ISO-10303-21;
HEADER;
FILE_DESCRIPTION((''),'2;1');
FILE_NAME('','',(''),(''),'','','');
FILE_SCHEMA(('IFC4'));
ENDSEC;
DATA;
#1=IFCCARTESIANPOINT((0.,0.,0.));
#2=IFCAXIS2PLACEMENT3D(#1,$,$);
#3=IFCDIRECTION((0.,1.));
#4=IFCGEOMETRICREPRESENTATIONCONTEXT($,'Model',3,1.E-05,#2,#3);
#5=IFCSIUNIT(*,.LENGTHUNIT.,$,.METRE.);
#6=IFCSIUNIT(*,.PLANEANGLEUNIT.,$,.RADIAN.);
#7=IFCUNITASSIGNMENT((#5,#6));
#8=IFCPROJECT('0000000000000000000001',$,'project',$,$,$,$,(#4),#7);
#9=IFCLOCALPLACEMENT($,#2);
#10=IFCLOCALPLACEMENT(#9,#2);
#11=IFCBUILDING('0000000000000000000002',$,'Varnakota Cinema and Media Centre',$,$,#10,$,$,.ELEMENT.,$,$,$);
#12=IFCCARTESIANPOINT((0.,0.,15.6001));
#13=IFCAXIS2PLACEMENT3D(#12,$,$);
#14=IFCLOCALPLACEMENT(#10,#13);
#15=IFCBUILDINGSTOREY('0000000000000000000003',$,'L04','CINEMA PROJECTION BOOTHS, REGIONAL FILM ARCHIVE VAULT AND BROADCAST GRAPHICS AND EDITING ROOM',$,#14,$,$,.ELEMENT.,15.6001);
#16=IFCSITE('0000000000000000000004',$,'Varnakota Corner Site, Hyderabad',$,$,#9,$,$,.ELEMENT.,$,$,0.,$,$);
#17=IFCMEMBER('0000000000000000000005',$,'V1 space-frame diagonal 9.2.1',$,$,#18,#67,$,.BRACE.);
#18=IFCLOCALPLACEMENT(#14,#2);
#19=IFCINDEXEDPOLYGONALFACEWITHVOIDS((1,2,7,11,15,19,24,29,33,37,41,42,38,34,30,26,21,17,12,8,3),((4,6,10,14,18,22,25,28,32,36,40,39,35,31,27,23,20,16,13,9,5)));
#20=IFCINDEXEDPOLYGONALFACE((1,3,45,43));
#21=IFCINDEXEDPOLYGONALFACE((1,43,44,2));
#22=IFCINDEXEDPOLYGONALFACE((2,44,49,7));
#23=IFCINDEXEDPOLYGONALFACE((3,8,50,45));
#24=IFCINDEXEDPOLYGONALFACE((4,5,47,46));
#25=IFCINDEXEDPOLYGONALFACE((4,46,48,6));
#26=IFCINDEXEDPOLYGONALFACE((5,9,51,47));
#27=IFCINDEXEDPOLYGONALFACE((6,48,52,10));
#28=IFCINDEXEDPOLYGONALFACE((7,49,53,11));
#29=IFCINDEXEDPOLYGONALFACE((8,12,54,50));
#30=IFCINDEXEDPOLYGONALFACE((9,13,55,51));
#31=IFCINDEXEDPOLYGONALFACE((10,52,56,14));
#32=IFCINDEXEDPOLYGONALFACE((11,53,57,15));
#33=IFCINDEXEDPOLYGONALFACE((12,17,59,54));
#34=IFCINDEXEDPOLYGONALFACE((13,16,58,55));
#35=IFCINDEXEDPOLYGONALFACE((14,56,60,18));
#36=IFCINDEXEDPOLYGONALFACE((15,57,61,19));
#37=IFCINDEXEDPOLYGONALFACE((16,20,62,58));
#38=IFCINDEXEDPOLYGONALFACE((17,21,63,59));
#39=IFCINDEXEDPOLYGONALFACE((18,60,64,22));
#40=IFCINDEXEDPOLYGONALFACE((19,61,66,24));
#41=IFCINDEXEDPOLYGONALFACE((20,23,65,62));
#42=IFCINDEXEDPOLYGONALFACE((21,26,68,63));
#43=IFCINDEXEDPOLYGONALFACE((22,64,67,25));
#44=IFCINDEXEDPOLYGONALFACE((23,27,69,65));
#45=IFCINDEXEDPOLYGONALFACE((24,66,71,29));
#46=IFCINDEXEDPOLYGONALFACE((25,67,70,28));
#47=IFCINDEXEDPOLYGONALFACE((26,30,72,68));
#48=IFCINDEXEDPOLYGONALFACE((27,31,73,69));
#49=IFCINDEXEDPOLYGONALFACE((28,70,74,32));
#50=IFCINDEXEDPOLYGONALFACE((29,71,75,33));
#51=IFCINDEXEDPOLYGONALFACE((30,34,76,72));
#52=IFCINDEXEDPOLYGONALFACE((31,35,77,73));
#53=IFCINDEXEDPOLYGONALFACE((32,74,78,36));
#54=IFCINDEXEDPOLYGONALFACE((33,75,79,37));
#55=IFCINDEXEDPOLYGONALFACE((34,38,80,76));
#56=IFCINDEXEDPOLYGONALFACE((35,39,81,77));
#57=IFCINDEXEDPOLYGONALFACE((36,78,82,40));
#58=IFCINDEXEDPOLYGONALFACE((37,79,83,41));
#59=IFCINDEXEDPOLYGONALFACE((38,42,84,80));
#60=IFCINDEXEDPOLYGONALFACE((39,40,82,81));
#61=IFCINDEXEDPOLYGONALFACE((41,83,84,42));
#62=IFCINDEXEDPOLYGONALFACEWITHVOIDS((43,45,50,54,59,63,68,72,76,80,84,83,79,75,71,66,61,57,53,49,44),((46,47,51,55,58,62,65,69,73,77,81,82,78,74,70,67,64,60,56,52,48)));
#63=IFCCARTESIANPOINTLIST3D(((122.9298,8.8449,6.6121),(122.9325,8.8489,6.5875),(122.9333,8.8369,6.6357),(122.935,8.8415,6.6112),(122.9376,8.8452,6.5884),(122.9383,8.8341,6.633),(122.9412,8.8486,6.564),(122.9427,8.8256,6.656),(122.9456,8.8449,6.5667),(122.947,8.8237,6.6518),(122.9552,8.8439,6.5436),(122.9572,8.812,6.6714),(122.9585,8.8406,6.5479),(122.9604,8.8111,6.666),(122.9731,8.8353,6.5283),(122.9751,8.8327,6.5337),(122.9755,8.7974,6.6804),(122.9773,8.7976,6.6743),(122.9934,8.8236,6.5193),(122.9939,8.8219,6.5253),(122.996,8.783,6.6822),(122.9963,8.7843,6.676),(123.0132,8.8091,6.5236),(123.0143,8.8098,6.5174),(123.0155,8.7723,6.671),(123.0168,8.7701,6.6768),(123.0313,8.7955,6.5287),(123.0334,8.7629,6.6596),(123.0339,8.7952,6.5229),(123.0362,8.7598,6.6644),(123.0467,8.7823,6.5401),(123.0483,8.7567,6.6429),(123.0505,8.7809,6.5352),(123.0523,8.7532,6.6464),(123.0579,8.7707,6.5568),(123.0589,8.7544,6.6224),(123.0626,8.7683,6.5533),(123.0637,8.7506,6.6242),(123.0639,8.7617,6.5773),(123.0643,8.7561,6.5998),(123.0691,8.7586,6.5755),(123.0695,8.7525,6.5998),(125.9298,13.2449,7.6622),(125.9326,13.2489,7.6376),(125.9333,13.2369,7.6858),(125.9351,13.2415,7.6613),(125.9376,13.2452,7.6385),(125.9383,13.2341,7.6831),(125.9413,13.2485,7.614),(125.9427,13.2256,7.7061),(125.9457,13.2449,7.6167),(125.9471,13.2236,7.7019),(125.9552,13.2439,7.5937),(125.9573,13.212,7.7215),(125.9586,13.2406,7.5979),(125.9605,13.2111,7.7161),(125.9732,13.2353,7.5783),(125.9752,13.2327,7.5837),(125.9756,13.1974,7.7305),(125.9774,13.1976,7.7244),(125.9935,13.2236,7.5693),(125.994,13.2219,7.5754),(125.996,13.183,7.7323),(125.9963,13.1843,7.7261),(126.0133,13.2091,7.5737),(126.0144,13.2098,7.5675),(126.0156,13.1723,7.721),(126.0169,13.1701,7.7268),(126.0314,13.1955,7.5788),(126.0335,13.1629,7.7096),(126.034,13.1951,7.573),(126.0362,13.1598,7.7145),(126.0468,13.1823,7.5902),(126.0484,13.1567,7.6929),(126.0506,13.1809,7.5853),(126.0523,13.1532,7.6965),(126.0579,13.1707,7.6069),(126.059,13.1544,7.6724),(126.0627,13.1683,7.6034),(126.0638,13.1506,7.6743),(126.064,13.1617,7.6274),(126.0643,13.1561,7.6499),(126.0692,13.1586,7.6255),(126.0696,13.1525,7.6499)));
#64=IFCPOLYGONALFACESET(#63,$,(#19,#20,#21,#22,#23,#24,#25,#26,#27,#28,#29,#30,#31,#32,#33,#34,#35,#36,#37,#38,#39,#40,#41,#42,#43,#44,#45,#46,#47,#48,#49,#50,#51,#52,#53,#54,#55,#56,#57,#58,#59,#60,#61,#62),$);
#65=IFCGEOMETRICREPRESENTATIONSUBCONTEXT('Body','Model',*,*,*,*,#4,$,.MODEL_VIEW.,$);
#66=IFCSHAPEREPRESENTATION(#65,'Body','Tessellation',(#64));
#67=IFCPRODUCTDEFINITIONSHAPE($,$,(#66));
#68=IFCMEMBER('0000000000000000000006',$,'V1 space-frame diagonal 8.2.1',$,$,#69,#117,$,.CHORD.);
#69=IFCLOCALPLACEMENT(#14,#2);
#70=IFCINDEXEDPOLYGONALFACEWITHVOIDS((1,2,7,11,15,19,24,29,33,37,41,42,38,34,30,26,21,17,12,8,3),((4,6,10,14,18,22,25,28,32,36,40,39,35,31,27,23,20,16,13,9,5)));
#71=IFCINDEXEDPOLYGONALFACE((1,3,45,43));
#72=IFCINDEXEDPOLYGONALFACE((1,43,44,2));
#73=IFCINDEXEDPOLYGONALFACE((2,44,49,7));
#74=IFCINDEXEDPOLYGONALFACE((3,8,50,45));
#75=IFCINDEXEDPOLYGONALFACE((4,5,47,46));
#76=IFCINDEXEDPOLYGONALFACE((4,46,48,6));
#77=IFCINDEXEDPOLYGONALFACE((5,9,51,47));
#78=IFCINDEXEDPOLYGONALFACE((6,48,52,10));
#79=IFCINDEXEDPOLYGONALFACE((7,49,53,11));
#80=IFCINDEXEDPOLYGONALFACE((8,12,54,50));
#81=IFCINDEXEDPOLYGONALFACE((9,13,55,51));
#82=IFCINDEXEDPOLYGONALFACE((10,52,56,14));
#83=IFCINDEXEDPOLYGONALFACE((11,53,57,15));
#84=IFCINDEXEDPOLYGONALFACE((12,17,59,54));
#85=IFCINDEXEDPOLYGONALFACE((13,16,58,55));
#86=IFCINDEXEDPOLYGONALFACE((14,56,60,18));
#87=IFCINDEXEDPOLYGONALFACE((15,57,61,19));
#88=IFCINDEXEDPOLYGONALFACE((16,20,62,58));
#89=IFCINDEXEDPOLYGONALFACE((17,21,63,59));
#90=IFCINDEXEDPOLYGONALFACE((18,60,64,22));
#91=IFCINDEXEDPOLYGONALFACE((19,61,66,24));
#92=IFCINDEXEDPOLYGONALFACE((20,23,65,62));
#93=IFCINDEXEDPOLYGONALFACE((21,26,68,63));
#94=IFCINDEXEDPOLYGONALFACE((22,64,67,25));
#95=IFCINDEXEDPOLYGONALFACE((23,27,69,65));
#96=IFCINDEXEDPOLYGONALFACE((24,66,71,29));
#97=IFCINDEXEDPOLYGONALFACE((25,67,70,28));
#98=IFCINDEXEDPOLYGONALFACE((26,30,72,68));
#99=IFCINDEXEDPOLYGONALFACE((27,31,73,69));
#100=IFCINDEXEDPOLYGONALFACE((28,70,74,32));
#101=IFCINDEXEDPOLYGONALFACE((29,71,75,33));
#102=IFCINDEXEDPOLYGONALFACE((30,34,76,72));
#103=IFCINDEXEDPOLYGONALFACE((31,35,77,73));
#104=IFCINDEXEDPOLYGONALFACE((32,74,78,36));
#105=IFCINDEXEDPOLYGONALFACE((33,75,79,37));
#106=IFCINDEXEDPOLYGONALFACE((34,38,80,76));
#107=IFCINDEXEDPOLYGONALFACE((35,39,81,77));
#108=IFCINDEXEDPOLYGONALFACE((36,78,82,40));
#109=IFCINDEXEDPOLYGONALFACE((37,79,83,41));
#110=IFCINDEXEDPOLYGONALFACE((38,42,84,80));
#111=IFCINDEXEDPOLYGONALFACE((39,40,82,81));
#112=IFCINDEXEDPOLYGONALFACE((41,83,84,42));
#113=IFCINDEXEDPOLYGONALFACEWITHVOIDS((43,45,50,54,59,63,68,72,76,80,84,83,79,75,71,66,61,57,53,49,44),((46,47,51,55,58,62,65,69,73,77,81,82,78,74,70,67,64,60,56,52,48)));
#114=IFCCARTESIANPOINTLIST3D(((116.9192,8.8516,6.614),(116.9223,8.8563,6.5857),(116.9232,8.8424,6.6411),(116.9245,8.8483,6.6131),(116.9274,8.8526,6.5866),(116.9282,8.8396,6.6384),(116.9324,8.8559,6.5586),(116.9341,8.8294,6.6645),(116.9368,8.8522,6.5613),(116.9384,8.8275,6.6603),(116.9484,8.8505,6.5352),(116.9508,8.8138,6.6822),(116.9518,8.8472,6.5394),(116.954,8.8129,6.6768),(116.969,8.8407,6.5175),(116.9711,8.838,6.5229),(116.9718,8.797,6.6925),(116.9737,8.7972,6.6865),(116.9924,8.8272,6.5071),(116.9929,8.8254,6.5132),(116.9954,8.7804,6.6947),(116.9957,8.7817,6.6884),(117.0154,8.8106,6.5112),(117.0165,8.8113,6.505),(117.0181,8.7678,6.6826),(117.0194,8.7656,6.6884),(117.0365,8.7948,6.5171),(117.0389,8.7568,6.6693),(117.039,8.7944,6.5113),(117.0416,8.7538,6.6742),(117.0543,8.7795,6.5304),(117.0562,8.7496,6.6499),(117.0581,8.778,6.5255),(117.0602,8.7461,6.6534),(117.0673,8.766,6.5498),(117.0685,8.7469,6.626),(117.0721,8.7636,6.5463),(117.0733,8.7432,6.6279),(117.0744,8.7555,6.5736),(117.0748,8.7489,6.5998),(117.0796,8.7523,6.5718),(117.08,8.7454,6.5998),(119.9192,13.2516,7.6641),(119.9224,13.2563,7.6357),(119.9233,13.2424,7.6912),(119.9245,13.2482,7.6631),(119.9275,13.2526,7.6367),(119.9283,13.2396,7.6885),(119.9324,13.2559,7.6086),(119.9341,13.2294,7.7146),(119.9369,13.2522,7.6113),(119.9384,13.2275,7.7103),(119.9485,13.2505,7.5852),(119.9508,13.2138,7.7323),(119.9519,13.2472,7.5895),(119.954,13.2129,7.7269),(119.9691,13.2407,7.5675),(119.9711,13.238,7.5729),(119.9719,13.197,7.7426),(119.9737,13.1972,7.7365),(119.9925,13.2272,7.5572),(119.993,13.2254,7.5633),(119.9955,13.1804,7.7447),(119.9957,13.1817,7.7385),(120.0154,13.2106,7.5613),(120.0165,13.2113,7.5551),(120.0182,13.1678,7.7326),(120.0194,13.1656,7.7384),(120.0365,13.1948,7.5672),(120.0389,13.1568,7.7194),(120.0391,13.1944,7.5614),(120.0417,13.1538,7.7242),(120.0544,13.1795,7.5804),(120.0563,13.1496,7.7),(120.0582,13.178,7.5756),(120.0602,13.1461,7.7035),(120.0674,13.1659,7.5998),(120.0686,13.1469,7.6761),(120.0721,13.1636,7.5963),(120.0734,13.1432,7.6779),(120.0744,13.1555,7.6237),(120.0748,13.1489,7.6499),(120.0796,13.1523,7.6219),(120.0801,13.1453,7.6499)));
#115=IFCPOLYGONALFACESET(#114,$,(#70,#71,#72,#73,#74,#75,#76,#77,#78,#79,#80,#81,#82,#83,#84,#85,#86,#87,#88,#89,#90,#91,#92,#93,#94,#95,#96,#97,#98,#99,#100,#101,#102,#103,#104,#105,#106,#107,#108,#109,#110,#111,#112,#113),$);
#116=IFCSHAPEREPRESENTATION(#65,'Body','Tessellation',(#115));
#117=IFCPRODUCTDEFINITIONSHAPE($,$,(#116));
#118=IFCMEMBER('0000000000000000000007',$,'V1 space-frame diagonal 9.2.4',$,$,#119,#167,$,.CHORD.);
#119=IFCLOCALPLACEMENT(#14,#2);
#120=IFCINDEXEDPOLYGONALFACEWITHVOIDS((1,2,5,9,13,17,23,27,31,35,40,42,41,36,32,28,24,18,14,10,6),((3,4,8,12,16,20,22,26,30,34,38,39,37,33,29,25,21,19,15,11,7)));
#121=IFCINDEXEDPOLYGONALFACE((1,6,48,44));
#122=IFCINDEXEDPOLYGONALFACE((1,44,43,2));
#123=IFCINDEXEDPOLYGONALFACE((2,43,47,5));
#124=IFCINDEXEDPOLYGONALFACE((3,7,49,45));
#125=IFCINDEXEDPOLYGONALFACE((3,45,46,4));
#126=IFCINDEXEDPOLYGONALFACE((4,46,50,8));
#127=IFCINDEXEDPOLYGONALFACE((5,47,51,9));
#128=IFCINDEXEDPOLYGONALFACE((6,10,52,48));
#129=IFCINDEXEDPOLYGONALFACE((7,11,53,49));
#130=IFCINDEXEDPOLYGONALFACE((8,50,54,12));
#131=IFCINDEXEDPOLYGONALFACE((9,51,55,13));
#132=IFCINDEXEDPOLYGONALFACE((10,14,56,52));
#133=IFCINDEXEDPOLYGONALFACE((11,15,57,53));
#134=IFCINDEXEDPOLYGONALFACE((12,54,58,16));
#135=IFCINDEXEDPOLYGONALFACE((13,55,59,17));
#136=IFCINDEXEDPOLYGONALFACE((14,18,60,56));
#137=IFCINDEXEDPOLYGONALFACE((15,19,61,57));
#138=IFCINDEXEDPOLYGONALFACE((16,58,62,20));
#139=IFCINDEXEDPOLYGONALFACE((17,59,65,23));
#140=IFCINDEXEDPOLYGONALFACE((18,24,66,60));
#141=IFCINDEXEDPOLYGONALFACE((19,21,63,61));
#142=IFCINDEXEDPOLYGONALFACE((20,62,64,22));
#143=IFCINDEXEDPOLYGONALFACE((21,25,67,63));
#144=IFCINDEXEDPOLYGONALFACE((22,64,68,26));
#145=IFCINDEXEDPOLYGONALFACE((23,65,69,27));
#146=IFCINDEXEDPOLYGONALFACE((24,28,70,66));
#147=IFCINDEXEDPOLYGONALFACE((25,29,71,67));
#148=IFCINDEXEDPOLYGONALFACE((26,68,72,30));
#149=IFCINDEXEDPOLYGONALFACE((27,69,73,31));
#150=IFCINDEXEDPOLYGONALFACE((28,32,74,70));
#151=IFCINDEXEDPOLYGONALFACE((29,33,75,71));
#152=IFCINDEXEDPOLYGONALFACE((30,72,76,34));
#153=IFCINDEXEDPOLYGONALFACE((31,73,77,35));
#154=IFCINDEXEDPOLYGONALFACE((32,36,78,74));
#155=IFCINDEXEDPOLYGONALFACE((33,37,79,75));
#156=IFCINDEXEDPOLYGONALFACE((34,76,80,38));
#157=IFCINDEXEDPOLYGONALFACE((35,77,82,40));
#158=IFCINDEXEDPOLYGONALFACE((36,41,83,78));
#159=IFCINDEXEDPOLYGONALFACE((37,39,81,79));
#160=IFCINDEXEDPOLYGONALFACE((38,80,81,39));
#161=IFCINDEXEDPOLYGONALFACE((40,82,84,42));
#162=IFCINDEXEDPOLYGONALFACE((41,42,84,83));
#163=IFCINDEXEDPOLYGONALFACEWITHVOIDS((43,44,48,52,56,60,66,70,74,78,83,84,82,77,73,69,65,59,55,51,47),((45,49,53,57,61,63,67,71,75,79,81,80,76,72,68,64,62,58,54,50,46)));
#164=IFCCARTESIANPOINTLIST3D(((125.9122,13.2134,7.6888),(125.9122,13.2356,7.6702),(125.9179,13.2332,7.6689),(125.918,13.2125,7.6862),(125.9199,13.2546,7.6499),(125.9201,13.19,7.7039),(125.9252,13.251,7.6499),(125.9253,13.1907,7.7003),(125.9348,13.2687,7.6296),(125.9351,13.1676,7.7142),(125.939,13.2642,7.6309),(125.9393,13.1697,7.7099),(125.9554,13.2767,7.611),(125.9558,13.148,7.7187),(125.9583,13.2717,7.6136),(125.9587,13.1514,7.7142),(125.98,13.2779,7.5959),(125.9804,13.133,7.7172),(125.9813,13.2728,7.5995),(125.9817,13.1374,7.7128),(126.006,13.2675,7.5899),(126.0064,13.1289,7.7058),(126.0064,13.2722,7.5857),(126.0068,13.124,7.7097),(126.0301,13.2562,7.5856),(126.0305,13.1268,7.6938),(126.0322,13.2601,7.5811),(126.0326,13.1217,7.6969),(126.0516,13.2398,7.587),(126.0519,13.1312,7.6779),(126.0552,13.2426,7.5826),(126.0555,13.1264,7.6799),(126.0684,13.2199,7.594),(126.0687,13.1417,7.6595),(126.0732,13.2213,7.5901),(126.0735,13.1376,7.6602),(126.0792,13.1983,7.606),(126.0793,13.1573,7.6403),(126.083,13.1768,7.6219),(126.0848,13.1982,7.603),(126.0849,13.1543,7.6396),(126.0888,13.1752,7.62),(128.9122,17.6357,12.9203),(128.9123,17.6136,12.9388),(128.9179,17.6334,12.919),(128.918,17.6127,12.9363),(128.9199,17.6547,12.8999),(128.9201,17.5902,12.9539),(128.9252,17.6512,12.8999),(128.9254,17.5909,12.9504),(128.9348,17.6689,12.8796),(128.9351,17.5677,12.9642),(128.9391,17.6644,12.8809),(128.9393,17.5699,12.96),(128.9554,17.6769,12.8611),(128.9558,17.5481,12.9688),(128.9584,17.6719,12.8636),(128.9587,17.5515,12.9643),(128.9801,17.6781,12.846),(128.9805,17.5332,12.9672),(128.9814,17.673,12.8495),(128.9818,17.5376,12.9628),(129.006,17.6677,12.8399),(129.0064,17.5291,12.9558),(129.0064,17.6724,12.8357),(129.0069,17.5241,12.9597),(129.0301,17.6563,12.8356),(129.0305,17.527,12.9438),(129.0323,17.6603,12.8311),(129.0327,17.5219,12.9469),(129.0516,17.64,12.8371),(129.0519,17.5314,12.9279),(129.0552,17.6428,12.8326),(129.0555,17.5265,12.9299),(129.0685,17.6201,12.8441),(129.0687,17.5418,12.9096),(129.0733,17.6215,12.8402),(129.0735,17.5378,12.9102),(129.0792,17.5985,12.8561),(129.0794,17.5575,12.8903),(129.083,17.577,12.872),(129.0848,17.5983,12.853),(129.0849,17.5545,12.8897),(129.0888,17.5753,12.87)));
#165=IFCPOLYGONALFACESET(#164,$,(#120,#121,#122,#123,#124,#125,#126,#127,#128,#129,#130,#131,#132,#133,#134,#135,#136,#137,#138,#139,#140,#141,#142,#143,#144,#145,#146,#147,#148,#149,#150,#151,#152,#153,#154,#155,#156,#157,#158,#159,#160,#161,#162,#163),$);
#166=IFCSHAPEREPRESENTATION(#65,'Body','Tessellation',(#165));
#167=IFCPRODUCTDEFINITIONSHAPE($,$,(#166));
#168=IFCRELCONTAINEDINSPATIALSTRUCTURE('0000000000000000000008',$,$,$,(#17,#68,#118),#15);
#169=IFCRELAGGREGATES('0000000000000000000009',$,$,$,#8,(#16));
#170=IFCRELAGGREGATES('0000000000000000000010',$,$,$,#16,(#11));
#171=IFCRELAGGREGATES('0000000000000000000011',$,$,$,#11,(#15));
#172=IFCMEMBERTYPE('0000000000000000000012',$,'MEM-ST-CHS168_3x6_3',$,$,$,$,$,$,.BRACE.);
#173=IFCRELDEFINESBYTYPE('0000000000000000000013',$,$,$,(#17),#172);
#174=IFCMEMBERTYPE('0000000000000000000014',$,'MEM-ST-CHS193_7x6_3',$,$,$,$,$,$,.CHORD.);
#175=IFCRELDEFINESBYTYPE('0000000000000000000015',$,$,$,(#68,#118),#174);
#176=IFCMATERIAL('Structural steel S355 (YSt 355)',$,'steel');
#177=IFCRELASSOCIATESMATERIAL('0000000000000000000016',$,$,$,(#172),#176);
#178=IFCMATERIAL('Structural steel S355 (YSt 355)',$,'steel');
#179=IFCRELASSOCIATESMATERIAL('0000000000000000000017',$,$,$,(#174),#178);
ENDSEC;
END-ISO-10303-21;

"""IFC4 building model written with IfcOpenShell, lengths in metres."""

from ifc_helpers import new_model, si_unit, direction, frame, origin, origin_2d, place, context, subcontext, project, spatial, hollow_circle, extrude, material, material_profile, profile_set, type_object, element, save


model = new_model("IFC4")

# Units and contexts
model_context = context("Model", 3, precision=1e-05, world=origin(), true_north=direction((0.0, 1.0)))
body_context = subcontext(model_context, "Body", "Model", "MODEL_VIEW")
ifc_project = project(units=[si_unit("LENGTHUNIT", "METRE"), si_unit("PLANEANGLEUNIT", "RADIAN")], contexts=[model_context])

# Site, building, storey
site_placement = place(None, origin())
site = spatial("IfcSite", under=ifc_project, at=site_placement, Name="Varnakota Corner Site, Hyderabad", CompositionType="ELEMENT", RefElevation=0.0)
building_placement = place(site_placement, origin())
building = spatial("IfcBuilding", under=site, at=building_placement, Name="Varnakota Cinema and Media Centre", CompositionType="ELEMENT")
storey_placement = place(building_placement, frame((0.0, 0.0, 15.6001)))
storey = spatial("IfcBuildingStorey", under=building, at=storey_placement, Name="L04", Description="CINEMA PROJECTION BOOTHS, REGIONAL FILM ARCHIVE VAULT AND BROADCAST GRAPHICS AND EDITING ROOM", CompositionType="ELEMENT", Elevation=15.6001)

# Members
ifc_material_1 = material(Name="Structural steel S355 (YSt 355)", Category="steel")
ifc_material_profile_1 = material_profile(ifc_material_1, hollow_circle(Radius=0.0842, WallThickness=0.0063, at=origin_2d()), Name="CHS 168.3x6.3")
ifc_profile_set_1 = profile_set([ifc_material_profile_1], Name="Structural steel S355 (YSt 355)")
member_type_1 = type_object("IfcMemberType", Name="MEM-ST-CHS168_3x6_3", PredefinedType="BRACE", material=ifc_profile_set_1)
for number, where, z_axis, x_axis, name in (
    (1, (126.0, 13.2, 7.6499), (-0.552703, -0.810613, -0.193455), (0.826222, -0.563345, 0.0), "V1 space-frame diagonal 9.2.1"),
):
    element("IfcMember", number, at=place(storey_placement, frame(where, z_axis=z_axis, x_axis=x_axis)), inside=storey, type_object=member_type_1, Name=name, PredefinedType="BRACE", context=body_context, shape_type="SweptSolid", body=[
        extrude(hollow_circle(Radius=0.0842, WallThickness=0.0063, at=origin_2d()), origin(), (0.0, 0.0, 1.0), 5.428),
    ])
ifc_material_2 = material(Name="Structural steel S355 (YSt 355)", Category="steel")
ifc_material_profile_2 = material_profile(ifc_material_2, hollow_circle(Radius=0.0969, WallThickness=0.0063, at=origin_2d()), Name="CHS 193.7x6.3")
ifc_profile_set_2 = profile_set([ifc_material_profile_2], Name="Structural steel S355 (YSt 355)")
member_type_2 = type_object("IfcMemberType", Name="MEM-ST-CHS193_7x6_3", PredefinedType="CHORD", material=ifc_profile_set_2)
member_1_placement = place(storey_placement, frame((120.0, 13.2, 7.6499), z_axis=(-0.552703, -0.810613, -0.193455), x_axis=(0.826222, -0.563345, 0.0)))
element("IfcMember", 2, at=member_1_placement, inside=storey, type_object=member_type_2, Name="V1 space-frame diagonal 8.2.1", PredefinedType="CHORD", context=body_context, shape_type="SweptSolid", body=[
    extrude(hollow_circle(Radius=0.0969, WallThickness=0.0063, at=origin_2d()), origin(), (0.0, 0.0, 1.0), 5.428),
])
member_2_placement = place(storey_placement, frame((126.0, 13.2, 7.6499), z_axis=(0.401165, 0.588395, 0.702039), x_axis=(-0.826236, 0.563324, 0.0)))
element("IfcMember", 3, at=member_2_placement, inside=storey, type_object=member_type_2, Name="V1 space-frame diagonal 9.2.4", PredefinedType="CHORD", context=body_context, shape_type="SweptSolid", body=[
    extrude(hollow_circle(Radius=0.0969, WallThickness=0.0063, at=origin_2d()), origin(), (0.0, 0.0, 1.0), 7.4783),
])

save(model, "model.ifc")
